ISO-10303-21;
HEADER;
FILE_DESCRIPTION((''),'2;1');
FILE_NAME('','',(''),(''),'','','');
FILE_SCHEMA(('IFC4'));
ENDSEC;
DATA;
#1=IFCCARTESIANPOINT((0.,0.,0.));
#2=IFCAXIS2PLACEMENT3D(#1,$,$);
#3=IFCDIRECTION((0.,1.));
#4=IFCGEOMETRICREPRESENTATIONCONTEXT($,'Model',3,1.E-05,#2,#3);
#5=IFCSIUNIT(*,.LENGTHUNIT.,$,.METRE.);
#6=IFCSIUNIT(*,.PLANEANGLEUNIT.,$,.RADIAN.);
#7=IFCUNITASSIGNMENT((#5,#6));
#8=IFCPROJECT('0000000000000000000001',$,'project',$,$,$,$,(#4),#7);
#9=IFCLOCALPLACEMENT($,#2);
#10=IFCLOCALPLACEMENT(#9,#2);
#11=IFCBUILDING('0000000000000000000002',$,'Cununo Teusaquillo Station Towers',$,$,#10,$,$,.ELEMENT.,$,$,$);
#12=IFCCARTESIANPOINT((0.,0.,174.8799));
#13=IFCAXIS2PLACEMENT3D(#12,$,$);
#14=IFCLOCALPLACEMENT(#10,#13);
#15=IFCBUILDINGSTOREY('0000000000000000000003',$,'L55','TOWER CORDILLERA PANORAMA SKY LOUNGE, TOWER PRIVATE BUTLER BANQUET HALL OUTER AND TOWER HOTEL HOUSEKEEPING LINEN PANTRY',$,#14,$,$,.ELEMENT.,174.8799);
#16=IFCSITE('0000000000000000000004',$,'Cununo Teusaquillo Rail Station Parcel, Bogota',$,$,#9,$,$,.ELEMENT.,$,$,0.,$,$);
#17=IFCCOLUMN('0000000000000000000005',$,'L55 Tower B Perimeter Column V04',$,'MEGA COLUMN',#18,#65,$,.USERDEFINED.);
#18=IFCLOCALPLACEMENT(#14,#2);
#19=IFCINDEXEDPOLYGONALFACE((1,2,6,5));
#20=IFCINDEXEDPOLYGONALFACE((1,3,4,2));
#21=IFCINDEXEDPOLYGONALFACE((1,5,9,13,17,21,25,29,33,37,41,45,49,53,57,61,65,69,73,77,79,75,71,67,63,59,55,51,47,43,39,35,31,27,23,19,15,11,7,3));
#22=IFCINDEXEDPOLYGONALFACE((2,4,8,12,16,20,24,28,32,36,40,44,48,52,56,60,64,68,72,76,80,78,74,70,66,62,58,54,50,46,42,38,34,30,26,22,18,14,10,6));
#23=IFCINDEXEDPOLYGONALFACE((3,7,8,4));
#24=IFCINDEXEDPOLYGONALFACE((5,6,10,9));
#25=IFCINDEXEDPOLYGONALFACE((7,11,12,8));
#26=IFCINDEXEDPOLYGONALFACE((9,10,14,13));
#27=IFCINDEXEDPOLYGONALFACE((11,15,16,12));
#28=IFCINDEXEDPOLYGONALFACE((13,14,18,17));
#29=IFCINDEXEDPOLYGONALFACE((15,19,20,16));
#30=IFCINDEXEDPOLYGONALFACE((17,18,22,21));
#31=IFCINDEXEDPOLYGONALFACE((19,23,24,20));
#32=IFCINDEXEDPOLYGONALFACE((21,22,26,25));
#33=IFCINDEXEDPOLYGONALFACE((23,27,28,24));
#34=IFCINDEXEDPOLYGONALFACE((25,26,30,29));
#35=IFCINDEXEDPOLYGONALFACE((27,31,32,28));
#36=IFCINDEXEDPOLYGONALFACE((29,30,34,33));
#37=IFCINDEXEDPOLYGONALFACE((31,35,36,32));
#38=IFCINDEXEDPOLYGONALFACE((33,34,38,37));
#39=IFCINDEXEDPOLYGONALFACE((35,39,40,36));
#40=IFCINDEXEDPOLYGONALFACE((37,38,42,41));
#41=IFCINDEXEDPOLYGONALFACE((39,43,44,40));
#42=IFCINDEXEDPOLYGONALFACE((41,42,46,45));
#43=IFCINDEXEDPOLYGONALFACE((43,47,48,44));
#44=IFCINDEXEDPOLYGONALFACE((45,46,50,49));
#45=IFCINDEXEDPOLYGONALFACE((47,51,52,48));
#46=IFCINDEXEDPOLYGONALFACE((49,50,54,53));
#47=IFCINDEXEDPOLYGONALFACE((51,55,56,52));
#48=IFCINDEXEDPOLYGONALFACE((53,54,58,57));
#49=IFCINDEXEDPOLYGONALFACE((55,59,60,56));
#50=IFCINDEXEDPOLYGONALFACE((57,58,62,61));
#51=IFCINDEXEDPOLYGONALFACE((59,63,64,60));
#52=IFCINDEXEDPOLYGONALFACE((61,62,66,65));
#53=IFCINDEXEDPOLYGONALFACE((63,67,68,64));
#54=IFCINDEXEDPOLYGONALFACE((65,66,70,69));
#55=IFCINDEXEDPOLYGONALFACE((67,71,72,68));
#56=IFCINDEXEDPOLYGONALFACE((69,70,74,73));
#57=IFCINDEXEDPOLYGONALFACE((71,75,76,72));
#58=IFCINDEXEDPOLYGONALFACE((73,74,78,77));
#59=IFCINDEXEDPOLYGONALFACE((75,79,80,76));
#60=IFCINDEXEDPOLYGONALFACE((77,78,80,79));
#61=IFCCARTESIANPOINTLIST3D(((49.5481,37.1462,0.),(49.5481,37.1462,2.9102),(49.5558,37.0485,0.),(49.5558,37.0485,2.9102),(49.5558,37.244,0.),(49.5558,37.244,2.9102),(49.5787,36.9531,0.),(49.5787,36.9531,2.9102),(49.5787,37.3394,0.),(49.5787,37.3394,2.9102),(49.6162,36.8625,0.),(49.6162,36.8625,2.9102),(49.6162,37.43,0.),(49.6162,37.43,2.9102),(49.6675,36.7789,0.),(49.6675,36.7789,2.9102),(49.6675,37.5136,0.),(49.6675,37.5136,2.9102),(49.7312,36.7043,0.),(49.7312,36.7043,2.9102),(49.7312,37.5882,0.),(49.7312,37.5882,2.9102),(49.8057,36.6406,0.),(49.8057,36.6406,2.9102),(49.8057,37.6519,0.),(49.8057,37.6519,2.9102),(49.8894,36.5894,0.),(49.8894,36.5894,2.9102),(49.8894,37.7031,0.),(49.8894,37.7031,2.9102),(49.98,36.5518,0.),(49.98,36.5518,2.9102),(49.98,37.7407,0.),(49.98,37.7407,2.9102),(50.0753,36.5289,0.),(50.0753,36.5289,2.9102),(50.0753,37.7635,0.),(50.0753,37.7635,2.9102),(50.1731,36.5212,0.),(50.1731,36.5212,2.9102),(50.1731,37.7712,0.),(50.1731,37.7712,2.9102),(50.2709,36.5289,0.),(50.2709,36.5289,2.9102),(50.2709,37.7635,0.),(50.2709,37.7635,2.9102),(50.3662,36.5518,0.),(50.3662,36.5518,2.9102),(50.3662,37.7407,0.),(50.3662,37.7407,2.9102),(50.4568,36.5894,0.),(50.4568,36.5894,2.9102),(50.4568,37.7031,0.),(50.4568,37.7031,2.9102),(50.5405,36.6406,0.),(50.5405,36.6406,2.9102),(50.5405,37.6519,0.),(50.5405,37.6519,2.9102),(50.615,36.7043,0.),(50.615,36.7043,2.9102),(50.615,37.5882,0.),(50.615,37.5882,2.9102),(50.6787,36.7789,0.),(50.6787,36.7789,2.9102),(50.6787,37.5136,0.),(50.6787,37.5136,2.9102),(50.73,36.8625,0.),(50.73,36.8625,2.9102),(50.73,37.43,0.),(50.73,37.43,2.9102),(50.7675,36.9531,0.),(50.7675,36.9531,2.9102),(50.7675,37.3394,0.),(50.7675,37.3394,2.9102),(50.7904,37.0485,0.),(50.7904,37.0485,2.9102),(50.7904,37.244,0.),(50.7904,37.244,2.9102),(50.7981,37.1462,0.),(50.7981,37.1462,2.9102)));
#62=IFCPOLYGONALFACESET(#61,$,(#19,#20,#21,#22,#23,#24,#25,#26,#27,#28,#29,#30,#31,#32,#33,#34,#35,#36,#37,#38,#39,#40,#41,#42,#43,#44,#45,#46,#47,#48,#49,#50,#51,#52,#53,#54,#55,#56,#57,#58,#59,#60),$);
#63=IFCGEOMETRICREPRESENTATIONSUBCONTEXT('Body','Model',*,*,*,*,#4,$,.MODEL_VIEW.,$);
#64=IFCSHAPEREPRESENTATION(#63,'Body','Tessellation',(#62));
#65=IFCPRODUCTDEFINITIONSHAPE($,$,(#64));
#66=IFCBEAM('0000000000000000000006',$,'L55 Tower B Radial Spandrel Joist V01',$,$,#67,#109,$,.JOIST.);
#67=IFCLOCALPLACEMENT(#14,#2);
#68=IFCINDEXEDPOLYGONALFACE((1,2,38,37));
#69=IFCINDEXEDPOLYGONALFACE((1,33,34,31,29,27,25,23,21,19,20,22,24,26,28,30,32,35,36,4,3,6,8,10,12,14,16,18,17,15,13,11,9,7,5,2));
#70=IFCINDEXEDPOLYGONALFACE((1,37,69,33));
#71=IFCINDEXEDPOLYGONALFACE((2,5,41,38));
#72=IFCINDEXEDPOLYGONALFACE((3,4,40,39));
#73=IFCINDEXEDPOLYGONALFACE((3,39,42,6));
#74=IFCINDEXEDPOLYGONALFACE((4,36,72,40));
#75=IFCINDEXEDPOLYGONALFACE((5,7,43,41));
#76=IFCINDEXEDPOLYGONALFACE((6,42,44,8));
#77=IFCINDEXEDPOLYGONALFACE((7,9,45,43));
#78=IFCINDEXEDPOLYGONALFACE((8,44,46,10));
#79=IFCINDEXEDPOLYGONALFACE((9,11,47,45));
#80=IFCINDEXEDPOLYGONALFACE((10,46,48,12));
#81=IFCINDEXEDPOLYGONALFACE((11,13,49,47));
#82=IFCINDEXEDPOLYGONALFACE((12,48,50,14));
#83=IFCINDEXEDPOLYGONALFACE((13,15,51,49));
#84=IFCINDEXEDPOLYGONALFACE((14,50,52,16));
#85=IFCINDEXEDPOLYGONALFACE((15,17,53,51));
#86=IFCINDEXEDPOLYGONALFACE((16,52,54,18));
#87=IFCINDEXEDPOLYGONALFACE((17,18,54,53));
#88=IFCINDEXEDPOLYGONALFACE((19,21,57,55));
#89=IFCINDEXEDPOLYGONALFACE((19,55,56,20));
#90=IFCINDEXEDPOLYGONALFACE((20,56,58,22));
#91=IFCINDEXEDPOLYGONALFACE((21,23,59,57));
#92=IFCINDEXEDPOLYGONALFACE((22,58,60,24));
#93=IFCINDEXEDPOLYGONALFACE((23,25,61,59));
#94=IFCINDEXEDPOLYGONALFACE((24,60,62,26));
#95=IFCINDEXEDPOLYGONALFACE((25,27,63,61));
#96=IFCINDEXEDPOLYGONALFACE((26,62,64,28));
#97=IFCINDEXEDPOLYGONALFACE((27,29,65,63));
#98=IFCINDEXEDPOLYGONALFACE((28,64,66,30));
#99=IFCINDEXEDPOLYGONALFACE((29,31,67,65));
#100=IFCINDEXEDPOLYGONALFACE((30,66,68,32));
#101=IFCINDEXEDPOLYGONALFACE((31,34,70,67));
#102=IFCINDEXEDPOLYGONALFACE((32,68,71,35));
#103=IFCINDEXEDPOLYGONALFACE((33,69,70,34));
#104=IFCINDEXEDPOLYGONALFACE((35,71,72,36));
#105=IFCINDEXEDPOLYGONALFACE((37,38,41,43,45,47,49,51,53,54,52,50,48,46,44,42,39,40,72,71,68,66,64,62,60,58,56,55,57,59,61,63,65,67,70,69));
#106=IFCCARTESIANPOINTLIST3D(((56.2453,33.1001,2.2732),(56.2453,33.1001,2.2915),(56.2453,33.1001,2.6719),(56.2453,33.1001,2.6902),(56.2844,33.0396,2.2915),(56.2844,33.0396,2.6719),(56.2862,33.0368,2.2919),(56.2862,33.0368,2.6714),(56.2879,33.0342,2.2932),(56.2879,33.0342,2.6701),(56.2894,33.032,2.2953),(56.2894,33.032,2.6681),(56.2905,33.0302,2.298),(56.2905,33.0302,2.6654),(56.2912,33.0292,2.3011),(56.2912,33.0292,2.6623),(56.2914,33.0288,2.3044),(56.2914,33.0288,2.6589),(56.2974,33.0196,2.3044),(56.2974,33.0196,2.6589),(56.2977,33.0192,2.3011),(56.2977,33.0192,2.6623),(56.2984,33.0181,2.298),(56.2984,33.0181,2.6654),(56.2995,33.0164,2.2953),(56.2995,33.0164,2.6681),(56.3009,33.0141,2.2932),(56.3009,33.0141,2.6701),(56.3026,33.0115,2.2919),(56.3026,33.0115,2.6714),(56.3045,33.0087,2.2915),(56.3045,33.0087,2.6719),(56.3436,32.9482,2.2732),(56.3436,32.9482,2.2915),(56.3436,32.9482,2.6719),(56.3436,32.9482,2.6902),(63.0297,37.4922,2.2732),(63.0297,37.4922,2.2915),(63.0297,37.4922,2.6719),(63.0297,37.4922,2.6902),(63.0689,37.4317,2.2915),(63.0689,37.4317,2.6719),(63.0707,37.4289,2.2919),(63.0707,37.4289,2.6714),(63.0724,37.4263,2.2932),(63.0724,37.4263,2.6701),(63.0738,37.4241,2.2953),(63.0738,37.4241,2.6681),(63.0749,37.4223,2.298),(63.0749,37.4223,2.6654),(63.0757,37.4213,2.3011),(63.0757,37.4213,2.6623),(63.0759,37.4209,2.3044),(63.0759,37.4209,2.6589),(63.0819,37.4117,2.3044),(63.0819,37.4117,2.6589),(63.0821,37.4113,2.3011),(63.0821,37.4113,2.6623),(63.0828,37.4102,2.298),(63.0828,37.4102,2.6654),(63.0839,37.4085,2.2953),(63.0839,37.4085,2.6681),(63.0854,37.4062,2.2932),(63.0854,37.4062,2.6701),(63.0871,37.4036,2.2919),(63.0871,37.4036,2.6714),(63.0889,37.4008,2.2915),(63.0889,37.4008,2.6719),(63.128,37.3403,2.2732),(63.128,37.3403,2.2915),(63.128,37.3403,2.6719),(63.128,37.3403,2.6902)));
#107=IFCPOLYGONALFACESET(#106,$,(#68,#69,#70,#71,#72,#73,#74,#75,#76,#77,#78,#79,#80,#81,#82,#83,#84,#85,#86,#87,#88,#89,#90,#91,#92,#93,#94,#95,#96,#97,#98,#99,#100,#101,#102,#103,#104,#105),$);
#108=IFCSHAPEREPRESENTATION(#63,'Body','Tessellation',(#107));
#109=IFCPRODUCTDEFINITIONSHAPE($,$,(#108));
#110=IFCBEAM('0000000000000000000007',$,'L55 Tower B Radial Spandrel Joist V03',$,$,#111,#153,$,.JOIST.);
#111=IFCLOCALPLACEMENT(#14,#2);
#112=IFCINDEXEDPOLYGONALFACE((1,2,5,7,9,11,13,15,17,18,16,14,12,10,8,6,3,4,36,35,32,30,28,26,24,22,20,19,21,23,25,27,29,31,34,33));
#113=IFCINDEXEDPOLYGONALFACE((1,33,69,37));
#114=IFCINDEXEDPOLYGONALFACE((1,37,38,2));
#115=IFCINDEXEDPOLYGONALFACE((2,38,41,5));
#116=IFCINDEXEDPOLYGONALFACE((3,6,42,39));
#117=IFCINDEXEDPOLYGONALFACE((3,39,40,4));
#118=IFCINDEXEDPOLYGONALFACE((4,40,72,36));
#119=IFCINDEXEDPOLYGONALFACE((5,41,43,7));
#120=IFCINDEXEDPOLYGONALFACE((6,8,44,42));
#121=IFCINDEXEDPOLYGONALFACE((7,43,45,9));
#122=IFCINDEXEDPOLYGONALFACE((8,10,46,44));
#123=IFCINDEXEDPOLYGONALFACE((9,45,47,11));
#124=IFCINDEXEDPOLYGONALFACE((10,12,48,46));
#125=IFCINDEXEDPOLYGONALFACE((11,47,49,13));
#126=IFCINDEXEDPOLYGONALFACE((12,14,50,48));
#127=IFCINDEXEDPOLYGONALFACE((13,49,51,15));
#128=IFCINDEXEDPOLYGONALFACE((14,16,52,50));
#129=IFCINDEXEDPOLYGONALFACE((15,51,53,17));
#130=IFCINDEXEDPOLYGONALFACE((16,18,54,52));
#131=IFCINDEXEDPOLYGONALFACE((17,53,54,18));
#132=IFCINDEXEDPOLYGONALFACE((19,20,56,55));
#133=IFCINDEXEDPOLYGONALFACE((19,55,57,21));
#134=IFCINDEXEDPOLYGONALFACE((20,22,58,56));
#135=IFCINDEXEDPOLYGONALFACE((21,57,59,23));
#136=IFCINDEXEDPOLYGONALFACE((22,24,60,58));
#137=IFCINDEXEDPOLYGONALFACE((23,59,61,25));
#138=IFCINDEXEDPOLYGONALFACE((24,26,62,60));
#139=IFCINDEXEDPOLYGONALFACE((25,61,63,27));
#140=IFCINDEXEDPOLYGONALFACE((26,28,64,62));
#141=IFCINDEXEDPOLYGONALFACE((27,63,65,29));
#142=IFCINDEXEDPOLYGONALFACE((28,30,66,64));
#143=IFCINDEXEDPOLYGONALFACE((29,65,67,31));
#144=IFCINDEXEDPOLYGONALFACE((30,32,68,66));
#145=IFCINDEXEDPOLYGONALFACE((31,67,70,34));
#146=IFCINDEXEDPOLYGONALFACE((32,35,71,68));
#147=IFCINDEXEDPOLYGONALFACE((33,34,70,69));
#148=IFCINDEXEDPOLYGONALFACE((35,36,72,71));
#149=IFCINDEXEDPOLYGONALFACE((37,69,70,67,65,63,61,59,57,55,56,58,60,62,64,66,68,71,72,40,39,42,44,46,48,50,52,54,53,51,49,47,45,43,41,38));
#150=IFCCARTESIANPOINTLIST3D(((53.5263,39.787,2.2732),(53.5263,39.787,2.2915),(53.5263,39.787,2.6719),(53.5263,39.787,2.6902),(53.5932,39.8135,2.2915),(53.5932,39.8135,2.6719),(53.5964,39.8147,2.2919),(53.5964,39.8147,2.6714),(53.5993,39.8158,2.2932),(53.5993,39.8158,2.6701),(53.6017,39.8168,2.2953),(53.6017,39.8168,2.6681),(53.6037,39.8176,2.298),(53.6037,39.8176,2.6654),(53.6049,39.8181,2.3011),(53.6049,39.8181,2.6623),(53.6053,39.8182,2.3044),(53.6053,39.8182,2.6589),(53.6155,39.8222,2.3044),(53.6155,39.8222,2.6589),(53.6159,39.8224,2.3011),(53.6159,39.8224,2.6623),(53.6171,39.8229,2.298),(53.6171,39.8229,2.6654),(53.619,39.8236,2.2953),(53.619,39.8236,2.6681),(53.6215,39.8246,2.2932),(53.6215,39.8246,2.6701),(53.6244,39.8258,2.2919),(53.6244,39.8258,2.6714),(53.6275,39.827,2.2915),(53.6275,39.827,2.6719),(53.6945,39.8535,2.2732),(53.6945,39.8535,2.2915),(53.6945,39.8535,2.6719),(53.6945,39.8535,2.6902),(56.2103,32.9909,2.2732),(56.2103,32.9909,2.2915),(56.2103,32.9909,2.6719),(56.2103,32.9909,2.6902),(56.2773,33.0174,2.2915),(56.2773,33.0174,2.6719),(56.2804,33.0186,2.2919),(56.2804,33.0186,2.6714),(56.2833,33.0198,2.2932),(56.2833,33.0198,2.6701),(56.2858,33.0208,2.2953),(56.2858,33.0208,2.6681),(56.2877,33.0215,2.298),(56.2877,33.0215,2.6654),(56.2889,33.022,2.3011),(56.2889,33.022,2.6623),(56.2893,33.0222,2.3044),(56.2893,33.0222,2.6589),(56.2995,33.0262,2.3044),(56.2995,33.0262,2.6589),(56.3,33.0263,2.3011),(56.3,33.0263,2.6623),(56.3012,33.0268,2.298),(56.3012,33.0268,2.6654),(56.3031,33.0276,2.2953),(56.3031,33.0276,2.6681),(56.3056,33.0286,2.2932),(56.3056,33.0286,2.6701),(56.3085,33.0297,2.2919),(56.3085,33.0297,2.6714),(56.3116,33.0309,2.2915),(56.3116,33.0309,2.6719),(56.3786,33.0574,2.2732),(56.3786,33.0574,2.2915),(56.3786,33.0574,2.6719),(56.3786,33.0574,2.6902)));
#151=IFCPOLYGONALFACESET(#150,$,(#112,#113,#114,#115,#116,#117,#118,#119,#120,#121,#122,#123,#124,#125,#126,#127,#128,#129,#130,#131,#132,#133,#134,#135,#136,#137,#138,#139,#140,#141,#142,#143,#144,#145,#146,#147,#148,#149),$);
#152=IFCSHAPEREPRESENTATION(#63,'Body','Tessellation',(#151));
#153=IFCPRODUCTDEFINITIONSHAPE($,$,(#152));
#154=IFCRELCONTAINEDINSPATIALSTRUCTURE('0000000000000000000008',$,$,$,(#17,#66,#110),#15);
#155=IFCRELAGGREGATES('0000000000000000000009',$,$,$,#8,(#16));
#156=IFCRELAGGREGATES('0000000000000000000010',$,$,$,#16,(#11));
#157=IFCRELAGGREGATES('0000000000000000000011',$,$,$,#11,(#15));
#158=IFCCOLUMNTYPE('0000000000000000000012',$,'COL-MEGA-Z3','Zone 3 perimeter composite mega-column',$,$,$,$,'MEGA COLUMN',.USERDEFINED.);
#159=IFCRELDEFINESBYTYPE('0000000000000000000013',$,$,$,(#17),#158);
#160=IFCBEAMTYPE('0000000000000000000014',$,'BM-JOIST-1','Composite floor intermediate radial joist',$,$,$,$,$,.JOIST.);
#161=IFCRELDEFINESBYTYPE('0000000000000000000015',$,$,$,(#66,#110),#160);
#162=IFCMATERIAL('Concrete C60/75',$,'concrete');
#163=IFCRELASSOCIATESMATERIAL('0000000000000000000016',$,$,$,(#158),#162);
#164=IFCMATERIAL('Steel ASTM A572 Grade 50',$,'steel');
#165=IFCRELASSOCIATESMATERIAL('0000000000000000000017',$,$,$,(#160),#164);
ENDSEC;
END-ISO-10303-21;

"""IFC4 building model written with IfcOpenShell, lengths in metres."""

from ifc_helpers import new_model, si_unit, direction, frame, origin, origin_2d, place, context, subcontext, project, spatial, circle, i_section, extrude, material, material_profile, profile_set, type_object, element, save


model = new_model("IFC4")

# Units and contexts
model_context = context("Model", 3, precision=1e-05, world=origin(), true_north=direction((0.0, 1.0)))
body_context = subcontext(model_context, "Body", "Model", "MODEL_VIEW")
ifc_project = project(units=[si_unit("LENGTHUNIT", "METRE"), si_unit("PLANEANGLEUNIT", "RADIAN")], contexts=[model_context])

# Site, building, storey
site_placement = place(None, origin())
site = spatial("IfcSite", under=ifc_project, at=site_placement, Name="Cununo Teusaquillo Rail Station Parcel, Bogota", CompositionType="ELEMENT", RefElevation=0.0)
building_placement = place(site_placement, origin())
building = spatial("IfcBuilding", under=site, at=building_placement, Name="Cununo Teusaquillo Station Towers", CompositionType="ELEMENT")
storey_placement = place(building_placement, frame((0.0, 0.0, 174.8799)))
storey = spatial("IfcBuildingStorey", under=building, at=storey_placement, Name="L55", Description="TOWER CORDILLERA PANORAMA SKY LOUNGE, TOWER PRIVATE BUTLER BANQUET HALL OUTER AND TOWER HOTEL HOUSEKEEPING LINEN PANTRY", CompositionType="ELEMENT", Elevation=174.8799)

# Column
ifc_material_1 = material(Name="Concrete C60/75", Category="concrete")
ifc_material_profile_1 = material_profile(ifc_material_1, circle(Radius=0.625, at=origin_2d()), Name="RC-CIRC-1250")
ifc_profile_set_1 = profile_set([ifc_material_profile_1], Name="Concrete C60/75")
column_type = type_object("IfcColumnType", Name="COL-MEGA-Z3", Description="Zone 3 perimeter composite mega-column", ElementType="MEGA COLUMN", PredefinedType="USERDEFINED", material=ifc_profile_set_1)
column_placement = place(storey_placement, frame((50.1731, 37.1462, 0.0), z_axis=(0.0, 0.0, 1.0), x_axis=(1.0, 0.0, 0.0)))
element("IfcColumn", 1, at=column_placement, inside=storey, type_object=column_type, Name="L55 Tower B Perimeter Column V04", ObjectType="MEGA COLUMN", PredefinedType="USERDEFINED", context=body_context, shape_type="SweptSolid", body=[
    extrude(circle(Radius=0.625, at=origin_2d()), origin(), (0.0, 0.0, 1.0), 2.9102),
])

# Beams
ifc_material_2 = material(Name="Steel ASTM A572 Grade 50", Category="steel")
ifc_material_profile_2 = material_profile(ifc_material_2, i_section(OverallWidth=0.1809, OverallDepth=0.417, WebThickness=0.011, FlangeThickness=0.0183, FilletRadius=0.0129, at=origin_2d()), Name="W16X57")
ifc_profile_set_2 = profile_set([ifc_material_profile_2], Name="Steel ASTM A572 Grade 50")
beam_type_1 = type_object("IfcBeamType", Name="BM-JOIST-1", Description="Composite floor intermediate radial joist", PredefinedType="JOIST", material=ifc_profile_set_2)
beam_1_placement = place(storey_placement, frame((56.2944, 33.0242, 2.4817), z_axis=(0.839448, 0.54344, 0.0), x_axis=(-0.54344, 0.839448, 0.0)))
element("IfcBeam", 2, at=beam_1_placement, inside=storey, type_object=beam_type_1, Name="L55 Tower B Radial Spandrel Joist V01", PredefinedType="JOIST", context=body_context, shape_type="SweptSolid", body=[
    extrude(i_section(OverallWidth=0.1809, OverallDepth=0.417, WebThickness=0.011, FlangeThickness=0.0183, FilletRadius=0.0129, at=origin_2d()), origin(), (0.0, 0.0, 1.0), 8.082),
])
beam_2_placement = place(storey_placement, frame((56.2944, 33.0242, 2.4817), z_axis=(-0.367332, 0.93009, 0.0), x_axis=(-0.93009, -0.367332, 0.0)))
element("IfcBeam", 3, at=beam_2_placement, inside=storey, type_object=beam_type_1, Name="L55 Tower B Radial Spandrel Joist V03", PredefinedType="JOIST", context=body_context, shape_type="SweptSolid", body=[
    extrude(i_section(OverallWidth=0.1809, OverallDepth=0.417, WebThickness=0.011, FlangeThickness=0.0183, FilletRadius=0.0129, at=origin_2d()), origin(), (0.0, 0.0, 1.0), 7.3069),
])

save(model, "model.ifc")
